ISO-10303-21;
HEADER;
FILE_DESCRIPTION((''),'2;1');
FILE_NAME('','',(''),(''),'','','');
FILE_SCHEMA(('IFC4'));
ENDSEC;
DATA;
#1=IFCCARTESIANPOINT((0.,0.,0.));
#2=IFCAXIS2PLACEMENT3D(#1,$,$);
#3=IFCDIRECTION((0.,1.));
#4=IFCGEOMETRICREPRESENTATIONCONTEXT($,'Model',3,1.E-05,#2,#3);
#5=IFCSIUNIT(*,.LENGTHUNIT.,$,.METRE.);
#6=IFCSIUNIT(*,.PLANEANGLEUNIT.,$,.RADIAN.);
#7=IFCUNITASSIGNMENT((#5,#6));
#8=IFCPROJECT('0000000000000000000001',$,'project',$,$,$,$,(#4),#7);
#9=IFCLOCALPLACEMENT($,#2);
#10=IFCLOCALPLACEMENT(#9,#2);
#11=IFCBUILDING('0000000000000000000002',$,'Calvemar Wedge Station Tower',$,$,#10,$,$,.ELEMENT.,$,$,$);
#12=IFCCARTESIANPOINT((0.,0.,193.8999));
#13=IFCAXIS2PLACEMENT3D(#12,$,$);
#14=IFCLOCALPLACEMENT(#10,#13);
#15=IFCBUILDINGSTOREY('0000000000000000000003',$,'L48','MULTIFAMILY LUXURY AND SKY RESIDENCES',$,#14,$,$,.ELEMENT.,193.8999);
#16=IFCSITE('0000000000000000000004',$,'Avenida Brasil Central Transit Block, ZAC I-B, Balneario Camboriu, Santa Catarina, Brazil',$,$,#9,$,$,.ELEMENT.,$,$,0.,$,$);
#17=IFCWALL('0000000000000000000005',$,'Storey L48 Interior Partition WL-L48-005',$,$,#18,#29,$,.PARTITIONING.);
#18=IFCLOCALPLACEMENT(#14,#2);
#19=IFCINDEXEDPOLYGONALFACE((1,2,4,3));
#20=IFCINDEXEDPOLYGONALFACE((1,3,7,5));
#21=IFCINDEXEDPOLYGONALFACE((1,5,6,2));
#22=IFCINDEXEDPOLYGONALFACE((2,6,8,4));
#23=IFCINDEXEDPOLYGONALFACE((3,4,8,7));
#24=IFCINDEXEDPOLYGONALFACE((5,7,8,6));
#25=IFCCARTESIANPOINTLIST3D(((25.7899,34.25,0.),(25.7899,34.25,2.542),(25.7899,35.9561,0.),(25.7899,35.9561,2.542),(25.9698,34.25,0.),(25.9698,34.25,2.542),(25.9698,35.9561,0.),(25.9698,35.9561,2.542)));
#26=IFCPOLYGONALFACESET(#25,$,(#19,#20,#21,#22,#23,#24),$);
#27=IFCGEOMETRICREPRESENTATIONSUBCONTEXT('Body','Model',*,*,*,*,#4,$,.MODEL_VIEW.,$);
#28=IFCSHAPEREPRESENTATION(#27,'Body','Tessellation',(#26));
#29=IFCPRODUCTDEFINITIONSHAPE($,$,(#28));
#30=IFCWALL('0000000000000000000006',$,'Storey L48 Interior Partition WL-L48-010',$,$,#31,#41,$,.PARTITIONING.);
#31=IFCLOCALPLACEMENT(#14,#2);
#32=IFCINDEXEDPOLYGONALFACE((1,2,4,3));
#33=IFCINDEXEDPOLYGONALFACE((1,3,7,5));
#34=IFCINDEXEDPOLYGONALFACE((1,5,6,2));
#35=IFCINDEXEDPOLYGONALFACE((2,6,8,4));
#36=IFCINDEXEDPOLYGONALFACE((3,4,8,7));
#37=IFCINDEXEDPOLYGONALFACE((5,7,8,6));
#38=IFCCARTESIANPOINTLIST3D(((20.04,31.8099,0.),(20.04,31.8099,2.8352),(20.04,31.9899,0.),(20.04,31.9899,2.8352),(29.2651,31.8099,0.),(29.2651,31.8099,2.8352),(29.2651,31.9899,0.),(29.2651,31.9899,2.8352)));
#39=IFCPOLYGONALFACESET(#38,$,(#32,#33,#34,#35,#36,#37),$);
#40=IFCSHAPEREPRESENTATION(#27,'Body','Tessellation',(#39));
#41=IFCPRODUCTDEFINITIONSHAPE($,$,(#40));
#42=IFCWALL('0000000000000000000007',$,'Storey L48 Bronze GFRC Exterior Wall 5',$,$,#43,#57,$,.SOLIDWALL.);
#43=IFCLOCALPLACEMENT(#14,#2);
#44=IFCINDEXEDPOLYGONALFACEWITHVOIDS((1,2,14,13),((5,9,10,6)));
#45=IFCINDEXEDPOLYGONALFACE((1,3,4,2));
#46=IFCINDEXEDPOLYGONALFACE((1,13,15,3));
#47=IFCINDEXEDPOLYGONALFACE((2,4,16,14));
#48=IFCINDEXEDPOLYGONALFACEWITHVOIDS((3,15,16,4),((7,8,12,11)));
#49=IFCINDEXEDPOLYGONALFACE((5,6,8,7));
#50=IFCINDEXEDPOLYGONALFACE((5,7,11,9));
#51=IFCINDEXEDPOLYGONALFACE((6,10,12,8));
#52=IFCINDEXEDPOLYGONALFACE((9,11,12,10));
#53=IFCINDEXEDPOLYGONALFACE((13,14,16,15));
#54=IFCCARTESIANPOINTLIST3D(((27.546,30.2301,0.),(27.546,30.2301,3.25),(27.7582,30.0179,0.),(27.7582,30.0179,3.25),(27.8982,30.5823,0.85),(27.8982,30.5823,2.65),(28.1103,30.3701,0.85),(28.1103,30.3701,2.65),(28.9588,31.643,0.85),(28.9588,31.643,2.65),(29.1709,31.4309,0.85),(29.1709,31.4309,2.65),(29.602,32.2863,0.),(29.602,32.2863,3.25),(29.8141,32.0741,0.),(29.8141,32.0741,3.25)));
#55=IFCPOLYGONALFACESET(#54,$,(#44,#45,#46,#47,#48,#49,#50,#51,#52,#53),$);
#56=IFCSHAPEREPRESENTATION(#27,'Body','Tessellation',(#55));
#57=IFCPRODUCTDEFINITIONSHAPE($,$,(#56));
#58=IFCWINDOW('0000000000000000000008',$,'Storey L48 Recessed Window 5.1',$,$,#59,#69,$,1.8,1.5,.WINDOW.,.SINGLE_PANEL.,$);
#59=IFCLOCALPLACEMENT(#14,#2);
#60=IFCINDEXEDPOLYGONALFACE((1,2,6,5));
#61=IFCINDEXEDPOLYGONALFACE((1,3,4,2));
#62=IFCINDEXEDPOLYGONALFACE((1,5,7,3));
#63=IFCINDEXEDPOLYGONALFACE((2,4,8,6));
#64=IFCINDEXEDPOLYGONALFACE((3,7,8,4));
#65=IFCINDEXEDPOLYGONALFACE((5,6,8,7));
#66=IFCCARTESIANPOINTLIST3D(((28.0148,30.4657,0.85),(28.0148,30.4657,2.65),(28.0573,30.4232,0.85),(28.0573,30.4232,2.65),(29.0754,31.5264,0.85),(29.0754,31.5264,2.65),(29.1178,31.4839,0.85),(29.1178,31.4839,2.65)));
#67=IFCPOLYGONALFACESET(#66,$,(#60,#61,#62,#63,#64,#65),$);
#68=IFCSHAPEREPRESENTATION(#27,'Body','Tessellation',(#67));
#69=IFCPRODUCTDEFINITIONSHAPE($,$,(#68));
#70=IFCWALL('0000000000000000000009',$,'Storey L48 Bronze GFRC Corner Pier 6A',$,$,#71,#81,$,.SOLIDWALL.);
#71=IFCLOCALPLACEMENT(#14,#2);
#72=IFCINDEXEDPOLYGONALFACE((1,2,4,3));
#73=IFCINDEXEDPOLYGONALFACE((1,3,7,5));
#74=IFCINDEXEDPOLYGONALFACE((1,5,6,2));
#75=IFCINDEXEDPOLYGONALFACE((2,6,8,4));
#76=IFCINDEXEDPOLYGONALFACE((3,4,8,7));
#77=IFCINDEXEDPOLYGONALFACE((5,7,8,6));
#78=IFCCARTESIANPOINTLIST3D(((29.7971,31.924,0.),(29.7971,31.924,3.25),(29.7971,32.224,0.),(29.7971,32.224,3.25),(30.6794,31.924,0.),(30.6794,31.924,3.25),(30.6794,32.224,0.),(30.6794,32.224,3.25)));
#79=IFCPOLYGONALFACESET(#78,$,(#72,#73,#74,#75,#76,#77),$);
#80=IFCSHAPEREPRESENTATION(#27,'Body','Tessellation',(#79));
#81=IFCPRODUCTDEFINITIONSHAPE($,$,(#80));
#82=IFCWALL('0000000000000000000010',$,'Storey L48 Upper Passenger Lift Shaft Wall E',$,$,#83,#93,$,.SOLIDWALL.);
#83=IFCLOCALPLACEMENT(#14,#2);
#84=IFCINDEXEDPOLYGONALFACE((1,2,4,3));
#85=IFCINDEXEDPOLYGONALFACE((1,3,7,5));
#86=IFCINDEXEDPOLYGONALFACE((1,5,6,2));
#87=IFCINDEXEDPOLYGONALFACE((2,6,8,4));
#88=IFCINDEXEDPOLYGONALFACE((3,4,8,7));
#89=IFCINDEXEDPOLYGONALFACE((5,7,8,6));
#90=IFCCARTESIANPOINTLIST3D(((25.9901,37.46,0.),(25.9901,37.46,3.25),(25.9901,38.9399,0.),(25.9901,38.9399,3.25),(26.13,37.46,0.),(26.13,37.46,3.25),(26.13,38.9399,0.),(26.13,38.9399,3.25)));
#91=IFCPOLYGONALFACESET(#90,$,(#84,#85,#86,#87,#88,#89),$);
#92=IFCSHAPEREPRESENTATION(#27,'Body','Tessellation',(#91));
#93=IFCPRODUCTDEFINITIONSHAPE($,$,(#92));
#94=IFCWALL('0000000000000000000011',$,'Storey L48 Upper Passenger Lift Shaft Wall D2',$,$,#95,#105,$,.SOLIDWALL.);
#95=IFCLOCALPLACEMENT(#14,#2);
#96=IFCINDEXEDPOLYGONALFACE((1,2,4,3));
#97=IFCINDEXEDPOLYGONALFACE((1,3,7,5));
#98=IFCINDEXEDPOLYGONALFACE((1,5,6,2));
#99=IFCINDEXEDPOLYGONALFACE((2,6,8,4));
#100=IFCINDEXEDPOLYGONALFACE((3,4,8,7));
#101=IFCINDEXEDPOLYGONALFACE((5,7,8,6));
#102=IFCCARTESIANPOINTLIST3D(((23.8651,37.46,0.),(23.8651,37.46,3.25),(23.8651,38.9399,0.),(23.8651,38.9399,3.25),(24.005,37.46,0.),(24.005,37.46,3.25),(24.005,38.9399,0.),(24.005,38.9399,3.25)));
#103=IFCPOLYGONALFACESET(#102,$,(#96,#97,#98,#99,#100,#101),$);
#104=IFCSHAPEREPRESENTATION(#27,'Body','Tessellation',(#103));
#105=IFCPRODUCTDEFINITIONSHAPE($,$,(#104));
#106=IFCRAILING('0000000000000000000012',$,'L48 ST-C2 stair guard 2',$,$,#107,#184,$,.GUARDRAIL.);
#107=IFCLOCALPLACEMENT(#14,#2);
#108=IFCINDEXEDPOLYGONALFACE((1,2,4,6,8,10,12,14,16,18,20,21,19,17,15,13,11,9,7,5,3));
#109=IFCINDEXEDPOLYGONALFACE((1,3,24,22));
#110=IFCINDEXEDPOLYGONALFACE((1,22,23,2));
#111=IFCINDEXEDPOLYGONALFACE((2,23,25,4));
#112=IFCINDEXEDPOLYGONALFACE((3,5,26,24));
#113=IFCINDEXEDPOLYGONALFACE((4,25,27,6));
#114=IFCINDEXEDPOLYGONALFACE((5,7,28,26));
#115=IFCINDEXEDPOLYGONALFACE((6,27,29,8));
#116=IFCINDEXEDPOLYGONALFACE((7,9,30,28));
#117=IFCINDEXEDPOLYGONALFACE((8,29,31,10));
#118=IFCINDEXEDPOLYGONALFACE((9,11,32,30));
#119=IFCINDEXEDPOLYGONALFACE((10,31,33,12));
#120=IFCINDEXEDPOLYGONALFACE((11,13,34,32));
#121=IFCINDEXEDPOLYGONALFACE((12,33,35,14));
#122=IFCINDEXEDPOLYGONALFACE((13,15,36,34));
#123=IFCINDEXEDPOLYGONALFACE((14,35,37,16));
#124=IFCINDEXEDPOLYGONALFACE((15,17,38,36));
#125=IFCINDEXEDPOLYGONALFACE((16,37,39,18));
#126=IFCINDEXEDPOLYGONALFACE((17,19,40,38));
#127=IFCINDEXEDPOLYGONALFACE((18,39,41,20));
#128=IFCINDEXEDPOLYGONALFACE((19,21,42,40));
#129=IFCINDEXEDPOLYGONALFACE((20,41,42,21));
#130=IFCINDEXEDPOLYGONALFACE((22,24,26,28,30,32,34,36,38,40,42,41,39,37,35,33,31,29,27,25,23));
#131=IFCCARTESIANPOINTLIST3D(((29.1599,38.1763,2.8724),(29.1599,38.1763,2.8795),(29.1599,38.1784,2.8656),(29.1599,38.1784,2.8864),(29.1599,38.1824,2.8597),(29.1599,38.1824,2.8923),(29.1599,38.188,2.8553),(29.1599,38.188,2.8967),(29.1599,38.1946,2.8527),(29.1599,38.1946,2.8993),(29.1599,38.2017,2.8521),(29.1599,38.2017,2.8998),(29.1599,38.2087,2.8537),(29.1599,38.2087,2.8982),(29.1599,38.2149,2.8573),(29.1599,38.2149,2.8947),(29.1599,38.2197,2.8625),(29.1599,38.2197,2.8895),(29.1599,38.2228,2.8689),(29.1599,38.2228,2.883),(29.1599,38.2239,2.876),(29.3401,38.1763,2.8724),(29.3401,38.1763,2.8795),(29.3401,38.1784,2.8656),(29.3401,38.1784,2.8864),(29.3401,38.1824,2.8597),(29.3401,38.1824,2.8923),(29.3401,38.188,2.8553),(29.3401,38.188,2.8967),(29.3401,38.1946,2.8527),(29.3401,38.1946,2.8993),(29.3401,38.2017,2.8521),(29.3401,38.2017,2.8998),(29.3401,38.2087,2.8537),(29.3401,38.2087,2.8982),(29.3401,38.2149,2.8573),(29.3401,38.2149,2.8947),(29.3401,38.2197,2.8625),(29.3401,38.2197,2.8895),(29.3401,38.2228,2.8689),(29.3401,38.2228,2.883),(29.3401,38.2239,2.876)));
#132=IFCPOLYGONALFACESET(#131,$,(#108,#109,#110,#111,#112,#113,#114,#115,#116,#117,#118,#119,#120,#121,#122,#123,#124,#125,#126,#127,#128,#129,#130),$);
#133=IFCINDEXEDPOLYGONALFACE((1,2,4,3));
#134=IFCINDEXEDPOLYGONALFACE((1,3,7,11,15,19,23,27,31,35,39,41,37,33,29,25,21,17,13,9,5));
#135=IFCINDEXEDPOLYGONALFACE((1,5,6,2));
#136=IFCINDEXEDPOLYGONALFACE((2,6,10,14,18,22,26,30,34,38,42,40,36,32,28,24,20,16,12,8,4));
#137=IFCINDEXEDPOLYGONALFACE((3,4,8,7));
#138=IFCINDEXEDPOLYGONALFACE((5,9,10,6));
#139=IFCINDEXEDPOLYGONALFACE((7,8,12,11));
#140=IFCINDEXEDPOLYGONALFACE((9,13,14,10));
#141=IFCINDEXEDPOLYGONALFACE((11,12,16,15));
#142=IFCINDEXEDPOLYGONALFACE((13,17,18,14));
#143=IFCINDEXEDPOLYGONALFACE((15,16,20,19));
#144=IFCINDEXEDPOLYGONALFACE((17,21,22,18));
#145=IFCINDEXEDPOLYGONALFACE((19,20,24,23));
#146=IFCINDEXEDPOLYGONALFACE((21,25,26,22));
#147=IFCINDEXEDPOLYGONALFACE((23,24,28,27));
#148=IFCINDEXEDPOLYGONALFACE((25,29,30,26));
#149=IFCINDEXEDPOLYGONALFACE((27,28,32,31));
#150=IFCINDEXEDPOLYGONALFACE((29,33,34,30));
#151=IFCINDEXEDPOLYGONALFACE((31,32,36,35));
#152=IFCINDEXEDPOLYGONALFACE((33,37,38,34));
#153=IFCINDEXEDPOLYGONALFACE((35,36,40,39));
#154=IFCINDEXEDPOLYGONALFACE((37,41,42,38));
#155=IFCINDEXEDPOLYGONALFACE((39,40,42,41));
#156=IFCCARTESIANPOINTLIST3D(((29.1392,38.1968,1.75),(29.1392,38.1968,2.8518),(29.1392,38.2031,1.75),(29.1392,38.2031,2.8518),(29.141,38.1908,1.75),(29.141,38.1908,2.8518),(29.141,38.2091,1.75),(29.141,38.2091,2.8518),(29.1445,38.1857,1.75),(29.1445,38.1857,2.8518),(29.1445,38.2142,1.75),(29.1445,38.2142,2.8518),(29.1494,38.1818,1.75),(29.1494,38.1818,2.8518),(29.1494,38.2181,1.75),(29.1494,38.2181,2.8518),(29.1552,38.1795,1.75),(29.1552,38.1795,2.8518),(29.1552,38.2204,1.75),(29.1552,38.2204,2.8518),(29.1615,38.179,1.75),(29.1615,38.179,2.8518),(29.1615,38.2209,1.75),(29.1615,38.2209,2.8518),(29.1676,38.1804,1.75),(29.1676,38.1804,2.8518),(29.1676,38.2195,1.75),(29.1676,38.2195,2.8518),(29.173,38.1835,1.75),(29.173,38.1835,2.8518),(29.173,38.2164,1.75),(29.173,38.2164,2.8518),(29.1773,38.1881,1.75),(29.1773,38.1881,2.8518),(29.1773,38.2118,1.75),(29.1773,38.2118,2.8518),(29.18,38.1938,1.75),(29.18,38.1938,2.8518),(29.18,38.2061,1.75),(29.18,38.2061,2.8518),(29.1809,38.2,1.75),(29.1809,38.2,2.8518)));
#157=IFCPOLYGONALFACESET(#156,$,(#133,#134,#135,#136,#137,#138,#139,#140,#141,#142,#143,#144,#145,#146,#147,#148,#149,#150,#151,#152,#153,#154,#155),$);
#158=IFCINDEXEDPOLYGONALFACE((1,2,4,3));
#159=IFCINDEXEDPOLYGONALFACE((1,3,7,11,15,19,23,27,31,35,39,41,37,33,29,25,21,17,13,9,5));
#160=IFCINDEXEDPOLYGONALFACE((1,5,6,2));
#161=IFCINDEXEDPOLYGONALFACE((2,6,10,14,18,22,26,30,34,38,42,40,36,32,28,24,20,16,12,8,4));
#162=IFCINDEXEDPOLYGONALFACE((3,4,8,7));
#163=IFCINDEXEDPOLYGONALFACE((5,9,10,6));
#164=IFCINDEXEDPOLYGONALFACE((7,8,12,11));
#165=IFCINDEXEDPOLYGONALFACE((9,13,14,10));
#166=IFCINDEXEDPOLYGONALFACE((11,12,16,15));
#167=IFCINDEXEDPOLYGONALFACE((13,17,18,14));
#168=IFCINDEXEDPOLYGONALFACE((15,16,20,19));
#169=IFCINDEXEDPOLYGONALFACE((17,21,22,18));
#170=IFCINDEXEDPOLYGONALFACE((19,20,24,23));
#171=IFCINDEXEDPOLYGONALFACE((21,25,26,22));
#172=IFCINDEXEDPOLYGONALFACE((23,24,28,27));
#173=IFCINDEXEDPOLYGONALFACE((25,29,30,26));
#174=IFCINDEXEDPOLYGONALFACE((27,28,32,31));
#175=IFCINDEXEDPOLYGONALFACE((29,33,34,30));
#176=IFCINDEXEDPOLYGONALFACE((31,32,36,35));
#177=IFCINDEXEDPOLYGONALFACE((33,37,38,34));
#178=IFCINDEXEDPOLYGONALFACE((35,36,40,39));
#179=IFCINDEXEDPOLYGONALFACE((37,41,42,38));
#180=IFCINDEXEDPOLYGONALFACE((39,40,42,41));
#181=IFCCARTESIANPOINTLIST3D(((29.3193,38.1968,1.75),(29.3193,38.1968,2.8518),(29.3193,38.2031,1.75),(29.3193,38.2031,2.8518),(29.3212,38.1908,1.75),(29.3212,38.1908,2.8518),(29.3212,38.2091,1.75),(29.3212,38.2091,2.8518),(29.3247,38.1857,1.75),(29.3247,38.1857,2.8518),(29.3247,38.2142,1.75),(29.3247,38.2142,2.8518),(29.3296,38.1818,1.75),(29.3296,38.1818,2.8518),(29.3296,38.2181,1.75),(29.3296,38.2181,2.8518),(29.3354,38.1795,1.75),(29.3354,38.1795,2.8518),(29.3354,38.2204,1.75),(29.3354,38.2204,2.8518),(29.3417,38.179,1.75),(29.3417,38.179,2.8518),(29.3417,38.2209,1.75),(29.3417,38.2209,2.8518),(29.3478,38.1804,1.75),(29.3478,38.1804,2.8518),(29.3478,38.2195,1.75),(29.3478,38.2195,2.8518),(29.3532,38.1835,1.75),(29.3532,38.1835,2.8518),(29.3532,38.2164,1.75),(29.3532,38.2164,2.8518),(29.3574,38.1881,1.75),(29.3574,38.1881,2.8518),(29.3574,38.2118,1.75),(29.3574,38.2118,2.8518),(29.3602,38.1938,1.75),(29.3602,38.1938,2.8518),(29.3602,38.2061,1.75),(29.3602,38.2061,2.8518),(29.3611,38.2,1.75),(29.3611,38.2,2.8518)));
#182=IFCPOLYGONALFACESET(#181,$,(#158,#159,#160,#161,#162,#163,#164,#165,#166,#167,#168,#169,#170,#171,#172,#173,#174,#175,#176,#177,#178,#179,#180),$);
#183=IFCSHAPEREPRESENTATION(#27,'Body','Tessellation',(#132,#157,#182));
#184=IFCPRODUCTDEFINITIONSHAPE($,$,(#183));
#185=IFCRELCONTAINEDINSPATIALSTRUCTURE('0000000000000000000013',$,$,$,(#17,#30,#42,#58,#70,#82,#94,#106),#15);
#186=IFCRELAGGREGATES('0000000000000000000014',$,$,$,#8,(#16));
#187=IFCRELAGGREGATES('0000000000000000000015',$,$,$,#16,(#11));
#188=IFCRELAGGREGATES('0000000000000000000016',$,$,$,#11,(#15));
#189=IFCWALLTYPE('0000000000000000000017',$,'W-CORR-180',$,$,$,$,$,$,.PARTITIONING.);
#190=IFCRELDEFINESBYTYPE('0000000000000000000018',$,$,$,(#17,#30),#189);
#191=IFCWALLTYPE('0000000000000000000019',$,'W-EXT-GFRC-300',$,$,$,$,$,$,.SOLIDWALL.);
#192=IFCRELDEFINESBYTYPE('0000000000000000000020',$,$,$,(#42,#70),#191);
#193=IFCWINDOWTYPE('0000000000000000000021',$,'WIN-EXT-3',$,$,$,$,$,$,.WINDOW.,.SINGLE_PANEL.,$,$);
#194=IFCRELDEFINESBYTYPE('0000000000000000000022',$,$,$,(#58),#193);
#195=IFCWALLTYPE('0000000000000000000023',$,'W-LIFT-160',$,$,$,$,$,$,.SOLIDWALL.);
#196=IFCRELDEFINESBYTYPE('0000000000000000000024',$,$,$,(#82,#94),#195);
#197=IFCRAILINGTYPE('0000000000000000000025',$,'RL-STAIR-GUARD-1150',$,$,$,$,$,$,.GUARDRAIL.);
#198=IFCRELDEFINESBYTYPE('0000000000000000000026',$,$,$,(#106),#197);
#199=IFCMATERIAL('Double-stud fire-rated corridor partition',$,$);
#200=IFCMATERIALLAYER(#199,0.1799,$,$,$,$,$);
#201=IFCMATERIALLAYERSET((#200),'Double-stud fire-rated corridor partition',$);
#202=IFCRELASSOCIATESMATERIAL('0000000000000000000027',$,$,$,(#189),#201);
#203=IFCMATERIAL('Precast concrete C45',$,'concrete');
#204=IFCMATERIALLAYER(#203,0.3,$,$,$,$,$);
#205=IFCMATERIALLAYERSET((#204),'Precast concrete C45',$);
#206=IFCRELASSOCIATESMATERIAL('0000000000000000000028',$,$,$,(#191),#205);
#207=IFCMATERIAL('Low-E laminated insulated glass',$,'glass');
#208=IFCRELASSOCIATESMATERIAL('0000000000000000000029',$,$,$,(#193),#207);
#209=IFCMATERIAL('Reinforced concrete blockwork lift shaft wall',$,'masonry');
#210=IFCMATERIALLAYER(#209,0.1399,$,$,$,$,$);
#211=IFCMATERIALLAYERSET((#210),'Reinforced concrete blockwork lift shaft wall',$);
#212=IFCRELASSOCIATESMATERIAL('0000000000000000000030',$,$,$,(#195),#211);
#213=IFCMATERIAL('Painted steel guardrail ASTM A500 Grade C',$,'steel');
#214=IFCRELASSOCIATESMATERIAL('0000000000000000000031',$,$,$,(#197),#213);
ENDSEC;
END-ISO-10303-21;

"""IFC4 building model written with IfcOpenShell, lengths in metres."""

from ifc_helpers import new_model, si_unit, direction, frame, frame_2d, origin, origin_2d, place, context, subcontext, project, spatial, rectangle, circle, extrude, source, transform, mapped, material, layer, layer_set, type_object, element, fill, save


model = new_model("IFC4")

# Units and contexts
model_context = context("Model", 3, precision=1e-05, world=origin(), true_north=direction((0.0, 1.0)))
body_context = subcontext(model_context, "Body", "Model", "MODEL_VIEW")
ifc_project = project(units=[si_unit("LENGTHUNIT", "METRE"), si_unit("PLANEANGLEUNIT", "RADIAN")], contexts=[model_context])

# Site, building, storey
site_placement = place(None, origin())
site = spatial("IfcSite", under=ifc_project, at=site_placement, Name="Avenida Brasil Central Transit Block, ZAC I-B, Balneario Camboriu, Santa Catarina, Brazil", CompositionType="ELEMENT", RefElevation=0.0)
building_placement = place(site_placement, origin())
building = spatial("IfcBuilding", under=site, at=building_placement, Name="Calvemar Wedge Station Tower", CompositionType="ELEMENT")
storey_placement = place(building_placement, frame((0.0, 0.0, 193.8999)))
storey = spatial("IfcBuildingStorey", under=building, at=storey_placement, Name="L48", Description="MULTIFAMILY LUXURY AND SKY RESIDENCES", CompositionType="ELEMENT", Elevation=193.8999)

# Walls
ifc_material_1 = material(Name="Double-stud fire-rated corridor partition")
ifc_layer_1 = layer(ifc_material_1, 0.1799)
ifc_layer_set_1 = layer_set([ifc_layer_1], Name="Double-stud fire-rated corridor partition")
wall_type_1 = type_object("IfcWallType", Name="W-CORR-180", PredefinedType="PARTITIONING", material=ifc_layer_set_1)
wall_1_placement = place(storey_placement, frame((25.8799, 35.9561, 0.0), z_axis=(0.0, 0.0, 1.0), x_axis=(0.0, -1.0, 0.0)))
element("IfcWall", 1, at=wall_1_placement, inside=storey, type_object=wall_type_1, Name="Storey L48 Interior Partition WL-L48-005", PredefinedType="PARTITIONING", context=body_context, shape_type="SweptSolid", body=[
    extrude(rectangle(XDim=1.7061, YDim=0.1799, at=frame_2d((0.853, 0.0))), origin(), (0.0, 0.0, 1.0), 2.542),
])
wall_2_placement = place(storey_placement, frame((29.2651, 31.8999, 0.0), z_axis=(0.0, 0.0, 1.0), x_axis=(-1.0, 0.0, 0.0)))
element("IfcWall", 2, at=wall_2_placement, inside=storey, type_object=wall_type_1, Name="Storey L48 Interior Partition WL-L48-010", PredefinedType="PARTITIONING", context=body_context, shape_type="SweptSolid", body=[
    extrude(rectangle(XDim=9.2251, YDim=0.1799, at=frame_2d((4.6125, 0.0))), origin(), (0.0, 0.0, 1.0), 2.8352),
])

# Wall, opening, window
ifc_material_2 = material(Name="Precast concrete C45", Category="concrete")
ifc_layer_2 = layer(ifc_material_2, 0.3)
ifc_layer_set_2 = layer_set([ifc_layer_2], Name="Precast concrete C45")
wall_type_2 = type_object("IfcWallType", Name="W-EXT-GFRC-300", PredefinedType="SOLIDWALL", material=ifc_layer_set_2)
wall_3_placement = place(storey_placement, frame((27.6521, 30.124, 0.0), z_axis=(0.0, 0.0, 1.0), x_axis=(0.707065, 0.707149, 0.0)))
wall_3 = element("IfcWall", 3, at=wall_3_placement, inside=storey, type_object=wall_type_2, Name="Storey L48 Bronze GFRC Exterior Wall 5", PredefinedType="SOLIDWALL", context=body_context, shape_type="SweptSolid", body=[
    extrude(rectangle(XDim=2.9077, YDim=0.3, at=frame_2d((1.4539, 0.0))), origin(), (0.0, 0.0, 1.0), 3.25),
])
shared_shape_1 = source(origin(), body_context, "Body", "SweptSolid", [
    extrude(rectangle(XDim=1.5, YDim=1.8, at=frame_2d((0.75, 0.8999))), frame((0.0, 0.1602, 0.0), z_axis=(0.0, -1.0, 0.0), x_axis=(1.0, 0.0, 0.0)), (0.0, 0.0, 1.0), 0.3201),
])
opening_1_placement = place(wall_3_placement, frame((0.498, 0.0, 0.8501)))
opening_1 = element("IfcOpeningElement", 4, at=opening_1_placement, cuts=wall_3, PredefinedType="OPENING", context=body_context, shape_type="MappedRepresentation", body=[
    mapped(shared_shape_1, transform((0.0, 0.0, 0.0), scale=1.0)),
])
ifc_material_3 = material(Name="Low-E laminated insulated glass", Category="glass")
window_type = type_object("IfcWindowType", Name="WIN-EXT-3", PartitioningType="SINGLE_PANEL", PredefinedType="WINDOW", material=ifc_material_3)
shared_shape_2 = source(origin(), body_context, "Body", "SweptSolid", [
    extrude(rectangle(XDim=1.5, YDim=1.8, at=frame_2d((0.75, 0.8999))), frame((0.0, -0.0149, 0.0), z_axis=(0.0, -1.0, 0.0), x_axis=(1.0, 0.0, 0.0)), (0.0, 0.0, 1.0), 0.0601),
])
window_placement = place(opening_1_placement, origin())
window = element("IfcWindow", 5, at=window_placement, inside=storey, type_object=window_type, Name="Storey L48 Recessed Window 5.1", OverallHeight=1.8, OverallWidth=1.5, PartitioningType="SINGLE_PANEL", PredefinedType="WINDOW", context=body_context, shape_type="MappedRepresentation", body=[
    mapped(shared_shape_2, transform((0.0, 0.0, 0.0), scale=1.0)),
])
fill(opening_1, window)

# Walls
wall_4_placement = place(storey_placement, frame((29.7971, 32.074, 0.0), z_axis=(0.0, 0.0, 1.0), x_axis=(1.0, 0.0, 0.0)))
element("IfcWall", 6, at=wall_4_placement, inside=storey, type_object=wall_type_2, Name="Storey L48 Bronze GFRC Corner Pier 6A", PredefinedType="SOLIDWALL", context=body_context, shape_type="SweptSolid", body=[
    extrude(rectangle(XDim=0.8823, YDim=0.3, at=frame_2d((0.4412, 0.0))), origin(), (0.0, 0.0, 1.0), 3.25),
])
ifc_material_4 = material(Name="Reinforced concrete blockwork lift shaft wall", Category="masonry")
ifc_layer_3 = layer(ifc_material_4, 0.1399)
ifc_layer_set_3 = layer_set([ifc_layer_3], Name="Reinforced concrete blockwork lift shaft wall")
wall_type_3 = type_object("IfcWallType", Name="W-LIFT-160", PredefinedType="SOLIDWALL", material=ifc_layer_set_3)
for number, where, z_axis, x_axis, name in (
    (7, (26.0601, 37.46, 0.0), (0.0, 0.0, 1.0), (0.0, 1.0, 0.0), "Storey L48 Upper Passenger Lift Shaft Wall E"),
    (8, (23.9351, 37.46, 0.0), (0.0, 0.0, 1.0), (0.0, 1.0, 0.0), "Storey L48 Upper Passenger Lift Shaft Wall D2"),
):
    element("IfcWall", number, at=place(storey_placement, frame(where, z_axis=z_axis, x_axis=x_axis)), inside=storey, type_object=wall_type_3, Name=name, PredefinedType="SOLIDWALL", context=body_context, shape_type="SweptSolid", body=[
        extrude(rectangle(XDim=1.48, YDim=0.1399, at=frame_2d((0.74, 0.0))), origin(), (0.0, 0.0, 1.0), 3.25),
    ])

# Railing
ifc_material_5 = material(Name="Painted steel guardrail ASTM A500 Grade C", Category="steel")
railing_type = type_object("IfcRailingType", Name="RL-STAIR-GUARD-1150", PredefinedType="GUARDRAIL", material=ifc_material_5)
railing_placement = place(storey_placement, frame((29.1599, 38.2, 1.75)))
element("IfcRailing", 9, at=railing_placement, inside=storey, type_object=railing_type, Name="L48 ST-C2 stair guard 2", PredefinedType="GUARDRAIL", context=body_context, shape_type="SweptSolid", body=[
    extrude(circle(Radius=0.0239, at=origin_2d()), frame((0.0, 0.0, 1.126), z_axis=(1.0, 0.0, 0.0), x_axis=(0.0, 1.0, 0.0)), (0.0, 0.0, 1.0), 0.1802),
    extrude(circle(Radius=0.021, at=origin_2d()), origin(), (0.0, 0.0, 1.0), 1.1018),
    extrude(circle(Radius=0.021, at=origin_2d()), frame((0.1802, 0.0, 0.0)), (0.0, 0.0, 1.0), 1.1018),
])

save(model, "model.ifc")
